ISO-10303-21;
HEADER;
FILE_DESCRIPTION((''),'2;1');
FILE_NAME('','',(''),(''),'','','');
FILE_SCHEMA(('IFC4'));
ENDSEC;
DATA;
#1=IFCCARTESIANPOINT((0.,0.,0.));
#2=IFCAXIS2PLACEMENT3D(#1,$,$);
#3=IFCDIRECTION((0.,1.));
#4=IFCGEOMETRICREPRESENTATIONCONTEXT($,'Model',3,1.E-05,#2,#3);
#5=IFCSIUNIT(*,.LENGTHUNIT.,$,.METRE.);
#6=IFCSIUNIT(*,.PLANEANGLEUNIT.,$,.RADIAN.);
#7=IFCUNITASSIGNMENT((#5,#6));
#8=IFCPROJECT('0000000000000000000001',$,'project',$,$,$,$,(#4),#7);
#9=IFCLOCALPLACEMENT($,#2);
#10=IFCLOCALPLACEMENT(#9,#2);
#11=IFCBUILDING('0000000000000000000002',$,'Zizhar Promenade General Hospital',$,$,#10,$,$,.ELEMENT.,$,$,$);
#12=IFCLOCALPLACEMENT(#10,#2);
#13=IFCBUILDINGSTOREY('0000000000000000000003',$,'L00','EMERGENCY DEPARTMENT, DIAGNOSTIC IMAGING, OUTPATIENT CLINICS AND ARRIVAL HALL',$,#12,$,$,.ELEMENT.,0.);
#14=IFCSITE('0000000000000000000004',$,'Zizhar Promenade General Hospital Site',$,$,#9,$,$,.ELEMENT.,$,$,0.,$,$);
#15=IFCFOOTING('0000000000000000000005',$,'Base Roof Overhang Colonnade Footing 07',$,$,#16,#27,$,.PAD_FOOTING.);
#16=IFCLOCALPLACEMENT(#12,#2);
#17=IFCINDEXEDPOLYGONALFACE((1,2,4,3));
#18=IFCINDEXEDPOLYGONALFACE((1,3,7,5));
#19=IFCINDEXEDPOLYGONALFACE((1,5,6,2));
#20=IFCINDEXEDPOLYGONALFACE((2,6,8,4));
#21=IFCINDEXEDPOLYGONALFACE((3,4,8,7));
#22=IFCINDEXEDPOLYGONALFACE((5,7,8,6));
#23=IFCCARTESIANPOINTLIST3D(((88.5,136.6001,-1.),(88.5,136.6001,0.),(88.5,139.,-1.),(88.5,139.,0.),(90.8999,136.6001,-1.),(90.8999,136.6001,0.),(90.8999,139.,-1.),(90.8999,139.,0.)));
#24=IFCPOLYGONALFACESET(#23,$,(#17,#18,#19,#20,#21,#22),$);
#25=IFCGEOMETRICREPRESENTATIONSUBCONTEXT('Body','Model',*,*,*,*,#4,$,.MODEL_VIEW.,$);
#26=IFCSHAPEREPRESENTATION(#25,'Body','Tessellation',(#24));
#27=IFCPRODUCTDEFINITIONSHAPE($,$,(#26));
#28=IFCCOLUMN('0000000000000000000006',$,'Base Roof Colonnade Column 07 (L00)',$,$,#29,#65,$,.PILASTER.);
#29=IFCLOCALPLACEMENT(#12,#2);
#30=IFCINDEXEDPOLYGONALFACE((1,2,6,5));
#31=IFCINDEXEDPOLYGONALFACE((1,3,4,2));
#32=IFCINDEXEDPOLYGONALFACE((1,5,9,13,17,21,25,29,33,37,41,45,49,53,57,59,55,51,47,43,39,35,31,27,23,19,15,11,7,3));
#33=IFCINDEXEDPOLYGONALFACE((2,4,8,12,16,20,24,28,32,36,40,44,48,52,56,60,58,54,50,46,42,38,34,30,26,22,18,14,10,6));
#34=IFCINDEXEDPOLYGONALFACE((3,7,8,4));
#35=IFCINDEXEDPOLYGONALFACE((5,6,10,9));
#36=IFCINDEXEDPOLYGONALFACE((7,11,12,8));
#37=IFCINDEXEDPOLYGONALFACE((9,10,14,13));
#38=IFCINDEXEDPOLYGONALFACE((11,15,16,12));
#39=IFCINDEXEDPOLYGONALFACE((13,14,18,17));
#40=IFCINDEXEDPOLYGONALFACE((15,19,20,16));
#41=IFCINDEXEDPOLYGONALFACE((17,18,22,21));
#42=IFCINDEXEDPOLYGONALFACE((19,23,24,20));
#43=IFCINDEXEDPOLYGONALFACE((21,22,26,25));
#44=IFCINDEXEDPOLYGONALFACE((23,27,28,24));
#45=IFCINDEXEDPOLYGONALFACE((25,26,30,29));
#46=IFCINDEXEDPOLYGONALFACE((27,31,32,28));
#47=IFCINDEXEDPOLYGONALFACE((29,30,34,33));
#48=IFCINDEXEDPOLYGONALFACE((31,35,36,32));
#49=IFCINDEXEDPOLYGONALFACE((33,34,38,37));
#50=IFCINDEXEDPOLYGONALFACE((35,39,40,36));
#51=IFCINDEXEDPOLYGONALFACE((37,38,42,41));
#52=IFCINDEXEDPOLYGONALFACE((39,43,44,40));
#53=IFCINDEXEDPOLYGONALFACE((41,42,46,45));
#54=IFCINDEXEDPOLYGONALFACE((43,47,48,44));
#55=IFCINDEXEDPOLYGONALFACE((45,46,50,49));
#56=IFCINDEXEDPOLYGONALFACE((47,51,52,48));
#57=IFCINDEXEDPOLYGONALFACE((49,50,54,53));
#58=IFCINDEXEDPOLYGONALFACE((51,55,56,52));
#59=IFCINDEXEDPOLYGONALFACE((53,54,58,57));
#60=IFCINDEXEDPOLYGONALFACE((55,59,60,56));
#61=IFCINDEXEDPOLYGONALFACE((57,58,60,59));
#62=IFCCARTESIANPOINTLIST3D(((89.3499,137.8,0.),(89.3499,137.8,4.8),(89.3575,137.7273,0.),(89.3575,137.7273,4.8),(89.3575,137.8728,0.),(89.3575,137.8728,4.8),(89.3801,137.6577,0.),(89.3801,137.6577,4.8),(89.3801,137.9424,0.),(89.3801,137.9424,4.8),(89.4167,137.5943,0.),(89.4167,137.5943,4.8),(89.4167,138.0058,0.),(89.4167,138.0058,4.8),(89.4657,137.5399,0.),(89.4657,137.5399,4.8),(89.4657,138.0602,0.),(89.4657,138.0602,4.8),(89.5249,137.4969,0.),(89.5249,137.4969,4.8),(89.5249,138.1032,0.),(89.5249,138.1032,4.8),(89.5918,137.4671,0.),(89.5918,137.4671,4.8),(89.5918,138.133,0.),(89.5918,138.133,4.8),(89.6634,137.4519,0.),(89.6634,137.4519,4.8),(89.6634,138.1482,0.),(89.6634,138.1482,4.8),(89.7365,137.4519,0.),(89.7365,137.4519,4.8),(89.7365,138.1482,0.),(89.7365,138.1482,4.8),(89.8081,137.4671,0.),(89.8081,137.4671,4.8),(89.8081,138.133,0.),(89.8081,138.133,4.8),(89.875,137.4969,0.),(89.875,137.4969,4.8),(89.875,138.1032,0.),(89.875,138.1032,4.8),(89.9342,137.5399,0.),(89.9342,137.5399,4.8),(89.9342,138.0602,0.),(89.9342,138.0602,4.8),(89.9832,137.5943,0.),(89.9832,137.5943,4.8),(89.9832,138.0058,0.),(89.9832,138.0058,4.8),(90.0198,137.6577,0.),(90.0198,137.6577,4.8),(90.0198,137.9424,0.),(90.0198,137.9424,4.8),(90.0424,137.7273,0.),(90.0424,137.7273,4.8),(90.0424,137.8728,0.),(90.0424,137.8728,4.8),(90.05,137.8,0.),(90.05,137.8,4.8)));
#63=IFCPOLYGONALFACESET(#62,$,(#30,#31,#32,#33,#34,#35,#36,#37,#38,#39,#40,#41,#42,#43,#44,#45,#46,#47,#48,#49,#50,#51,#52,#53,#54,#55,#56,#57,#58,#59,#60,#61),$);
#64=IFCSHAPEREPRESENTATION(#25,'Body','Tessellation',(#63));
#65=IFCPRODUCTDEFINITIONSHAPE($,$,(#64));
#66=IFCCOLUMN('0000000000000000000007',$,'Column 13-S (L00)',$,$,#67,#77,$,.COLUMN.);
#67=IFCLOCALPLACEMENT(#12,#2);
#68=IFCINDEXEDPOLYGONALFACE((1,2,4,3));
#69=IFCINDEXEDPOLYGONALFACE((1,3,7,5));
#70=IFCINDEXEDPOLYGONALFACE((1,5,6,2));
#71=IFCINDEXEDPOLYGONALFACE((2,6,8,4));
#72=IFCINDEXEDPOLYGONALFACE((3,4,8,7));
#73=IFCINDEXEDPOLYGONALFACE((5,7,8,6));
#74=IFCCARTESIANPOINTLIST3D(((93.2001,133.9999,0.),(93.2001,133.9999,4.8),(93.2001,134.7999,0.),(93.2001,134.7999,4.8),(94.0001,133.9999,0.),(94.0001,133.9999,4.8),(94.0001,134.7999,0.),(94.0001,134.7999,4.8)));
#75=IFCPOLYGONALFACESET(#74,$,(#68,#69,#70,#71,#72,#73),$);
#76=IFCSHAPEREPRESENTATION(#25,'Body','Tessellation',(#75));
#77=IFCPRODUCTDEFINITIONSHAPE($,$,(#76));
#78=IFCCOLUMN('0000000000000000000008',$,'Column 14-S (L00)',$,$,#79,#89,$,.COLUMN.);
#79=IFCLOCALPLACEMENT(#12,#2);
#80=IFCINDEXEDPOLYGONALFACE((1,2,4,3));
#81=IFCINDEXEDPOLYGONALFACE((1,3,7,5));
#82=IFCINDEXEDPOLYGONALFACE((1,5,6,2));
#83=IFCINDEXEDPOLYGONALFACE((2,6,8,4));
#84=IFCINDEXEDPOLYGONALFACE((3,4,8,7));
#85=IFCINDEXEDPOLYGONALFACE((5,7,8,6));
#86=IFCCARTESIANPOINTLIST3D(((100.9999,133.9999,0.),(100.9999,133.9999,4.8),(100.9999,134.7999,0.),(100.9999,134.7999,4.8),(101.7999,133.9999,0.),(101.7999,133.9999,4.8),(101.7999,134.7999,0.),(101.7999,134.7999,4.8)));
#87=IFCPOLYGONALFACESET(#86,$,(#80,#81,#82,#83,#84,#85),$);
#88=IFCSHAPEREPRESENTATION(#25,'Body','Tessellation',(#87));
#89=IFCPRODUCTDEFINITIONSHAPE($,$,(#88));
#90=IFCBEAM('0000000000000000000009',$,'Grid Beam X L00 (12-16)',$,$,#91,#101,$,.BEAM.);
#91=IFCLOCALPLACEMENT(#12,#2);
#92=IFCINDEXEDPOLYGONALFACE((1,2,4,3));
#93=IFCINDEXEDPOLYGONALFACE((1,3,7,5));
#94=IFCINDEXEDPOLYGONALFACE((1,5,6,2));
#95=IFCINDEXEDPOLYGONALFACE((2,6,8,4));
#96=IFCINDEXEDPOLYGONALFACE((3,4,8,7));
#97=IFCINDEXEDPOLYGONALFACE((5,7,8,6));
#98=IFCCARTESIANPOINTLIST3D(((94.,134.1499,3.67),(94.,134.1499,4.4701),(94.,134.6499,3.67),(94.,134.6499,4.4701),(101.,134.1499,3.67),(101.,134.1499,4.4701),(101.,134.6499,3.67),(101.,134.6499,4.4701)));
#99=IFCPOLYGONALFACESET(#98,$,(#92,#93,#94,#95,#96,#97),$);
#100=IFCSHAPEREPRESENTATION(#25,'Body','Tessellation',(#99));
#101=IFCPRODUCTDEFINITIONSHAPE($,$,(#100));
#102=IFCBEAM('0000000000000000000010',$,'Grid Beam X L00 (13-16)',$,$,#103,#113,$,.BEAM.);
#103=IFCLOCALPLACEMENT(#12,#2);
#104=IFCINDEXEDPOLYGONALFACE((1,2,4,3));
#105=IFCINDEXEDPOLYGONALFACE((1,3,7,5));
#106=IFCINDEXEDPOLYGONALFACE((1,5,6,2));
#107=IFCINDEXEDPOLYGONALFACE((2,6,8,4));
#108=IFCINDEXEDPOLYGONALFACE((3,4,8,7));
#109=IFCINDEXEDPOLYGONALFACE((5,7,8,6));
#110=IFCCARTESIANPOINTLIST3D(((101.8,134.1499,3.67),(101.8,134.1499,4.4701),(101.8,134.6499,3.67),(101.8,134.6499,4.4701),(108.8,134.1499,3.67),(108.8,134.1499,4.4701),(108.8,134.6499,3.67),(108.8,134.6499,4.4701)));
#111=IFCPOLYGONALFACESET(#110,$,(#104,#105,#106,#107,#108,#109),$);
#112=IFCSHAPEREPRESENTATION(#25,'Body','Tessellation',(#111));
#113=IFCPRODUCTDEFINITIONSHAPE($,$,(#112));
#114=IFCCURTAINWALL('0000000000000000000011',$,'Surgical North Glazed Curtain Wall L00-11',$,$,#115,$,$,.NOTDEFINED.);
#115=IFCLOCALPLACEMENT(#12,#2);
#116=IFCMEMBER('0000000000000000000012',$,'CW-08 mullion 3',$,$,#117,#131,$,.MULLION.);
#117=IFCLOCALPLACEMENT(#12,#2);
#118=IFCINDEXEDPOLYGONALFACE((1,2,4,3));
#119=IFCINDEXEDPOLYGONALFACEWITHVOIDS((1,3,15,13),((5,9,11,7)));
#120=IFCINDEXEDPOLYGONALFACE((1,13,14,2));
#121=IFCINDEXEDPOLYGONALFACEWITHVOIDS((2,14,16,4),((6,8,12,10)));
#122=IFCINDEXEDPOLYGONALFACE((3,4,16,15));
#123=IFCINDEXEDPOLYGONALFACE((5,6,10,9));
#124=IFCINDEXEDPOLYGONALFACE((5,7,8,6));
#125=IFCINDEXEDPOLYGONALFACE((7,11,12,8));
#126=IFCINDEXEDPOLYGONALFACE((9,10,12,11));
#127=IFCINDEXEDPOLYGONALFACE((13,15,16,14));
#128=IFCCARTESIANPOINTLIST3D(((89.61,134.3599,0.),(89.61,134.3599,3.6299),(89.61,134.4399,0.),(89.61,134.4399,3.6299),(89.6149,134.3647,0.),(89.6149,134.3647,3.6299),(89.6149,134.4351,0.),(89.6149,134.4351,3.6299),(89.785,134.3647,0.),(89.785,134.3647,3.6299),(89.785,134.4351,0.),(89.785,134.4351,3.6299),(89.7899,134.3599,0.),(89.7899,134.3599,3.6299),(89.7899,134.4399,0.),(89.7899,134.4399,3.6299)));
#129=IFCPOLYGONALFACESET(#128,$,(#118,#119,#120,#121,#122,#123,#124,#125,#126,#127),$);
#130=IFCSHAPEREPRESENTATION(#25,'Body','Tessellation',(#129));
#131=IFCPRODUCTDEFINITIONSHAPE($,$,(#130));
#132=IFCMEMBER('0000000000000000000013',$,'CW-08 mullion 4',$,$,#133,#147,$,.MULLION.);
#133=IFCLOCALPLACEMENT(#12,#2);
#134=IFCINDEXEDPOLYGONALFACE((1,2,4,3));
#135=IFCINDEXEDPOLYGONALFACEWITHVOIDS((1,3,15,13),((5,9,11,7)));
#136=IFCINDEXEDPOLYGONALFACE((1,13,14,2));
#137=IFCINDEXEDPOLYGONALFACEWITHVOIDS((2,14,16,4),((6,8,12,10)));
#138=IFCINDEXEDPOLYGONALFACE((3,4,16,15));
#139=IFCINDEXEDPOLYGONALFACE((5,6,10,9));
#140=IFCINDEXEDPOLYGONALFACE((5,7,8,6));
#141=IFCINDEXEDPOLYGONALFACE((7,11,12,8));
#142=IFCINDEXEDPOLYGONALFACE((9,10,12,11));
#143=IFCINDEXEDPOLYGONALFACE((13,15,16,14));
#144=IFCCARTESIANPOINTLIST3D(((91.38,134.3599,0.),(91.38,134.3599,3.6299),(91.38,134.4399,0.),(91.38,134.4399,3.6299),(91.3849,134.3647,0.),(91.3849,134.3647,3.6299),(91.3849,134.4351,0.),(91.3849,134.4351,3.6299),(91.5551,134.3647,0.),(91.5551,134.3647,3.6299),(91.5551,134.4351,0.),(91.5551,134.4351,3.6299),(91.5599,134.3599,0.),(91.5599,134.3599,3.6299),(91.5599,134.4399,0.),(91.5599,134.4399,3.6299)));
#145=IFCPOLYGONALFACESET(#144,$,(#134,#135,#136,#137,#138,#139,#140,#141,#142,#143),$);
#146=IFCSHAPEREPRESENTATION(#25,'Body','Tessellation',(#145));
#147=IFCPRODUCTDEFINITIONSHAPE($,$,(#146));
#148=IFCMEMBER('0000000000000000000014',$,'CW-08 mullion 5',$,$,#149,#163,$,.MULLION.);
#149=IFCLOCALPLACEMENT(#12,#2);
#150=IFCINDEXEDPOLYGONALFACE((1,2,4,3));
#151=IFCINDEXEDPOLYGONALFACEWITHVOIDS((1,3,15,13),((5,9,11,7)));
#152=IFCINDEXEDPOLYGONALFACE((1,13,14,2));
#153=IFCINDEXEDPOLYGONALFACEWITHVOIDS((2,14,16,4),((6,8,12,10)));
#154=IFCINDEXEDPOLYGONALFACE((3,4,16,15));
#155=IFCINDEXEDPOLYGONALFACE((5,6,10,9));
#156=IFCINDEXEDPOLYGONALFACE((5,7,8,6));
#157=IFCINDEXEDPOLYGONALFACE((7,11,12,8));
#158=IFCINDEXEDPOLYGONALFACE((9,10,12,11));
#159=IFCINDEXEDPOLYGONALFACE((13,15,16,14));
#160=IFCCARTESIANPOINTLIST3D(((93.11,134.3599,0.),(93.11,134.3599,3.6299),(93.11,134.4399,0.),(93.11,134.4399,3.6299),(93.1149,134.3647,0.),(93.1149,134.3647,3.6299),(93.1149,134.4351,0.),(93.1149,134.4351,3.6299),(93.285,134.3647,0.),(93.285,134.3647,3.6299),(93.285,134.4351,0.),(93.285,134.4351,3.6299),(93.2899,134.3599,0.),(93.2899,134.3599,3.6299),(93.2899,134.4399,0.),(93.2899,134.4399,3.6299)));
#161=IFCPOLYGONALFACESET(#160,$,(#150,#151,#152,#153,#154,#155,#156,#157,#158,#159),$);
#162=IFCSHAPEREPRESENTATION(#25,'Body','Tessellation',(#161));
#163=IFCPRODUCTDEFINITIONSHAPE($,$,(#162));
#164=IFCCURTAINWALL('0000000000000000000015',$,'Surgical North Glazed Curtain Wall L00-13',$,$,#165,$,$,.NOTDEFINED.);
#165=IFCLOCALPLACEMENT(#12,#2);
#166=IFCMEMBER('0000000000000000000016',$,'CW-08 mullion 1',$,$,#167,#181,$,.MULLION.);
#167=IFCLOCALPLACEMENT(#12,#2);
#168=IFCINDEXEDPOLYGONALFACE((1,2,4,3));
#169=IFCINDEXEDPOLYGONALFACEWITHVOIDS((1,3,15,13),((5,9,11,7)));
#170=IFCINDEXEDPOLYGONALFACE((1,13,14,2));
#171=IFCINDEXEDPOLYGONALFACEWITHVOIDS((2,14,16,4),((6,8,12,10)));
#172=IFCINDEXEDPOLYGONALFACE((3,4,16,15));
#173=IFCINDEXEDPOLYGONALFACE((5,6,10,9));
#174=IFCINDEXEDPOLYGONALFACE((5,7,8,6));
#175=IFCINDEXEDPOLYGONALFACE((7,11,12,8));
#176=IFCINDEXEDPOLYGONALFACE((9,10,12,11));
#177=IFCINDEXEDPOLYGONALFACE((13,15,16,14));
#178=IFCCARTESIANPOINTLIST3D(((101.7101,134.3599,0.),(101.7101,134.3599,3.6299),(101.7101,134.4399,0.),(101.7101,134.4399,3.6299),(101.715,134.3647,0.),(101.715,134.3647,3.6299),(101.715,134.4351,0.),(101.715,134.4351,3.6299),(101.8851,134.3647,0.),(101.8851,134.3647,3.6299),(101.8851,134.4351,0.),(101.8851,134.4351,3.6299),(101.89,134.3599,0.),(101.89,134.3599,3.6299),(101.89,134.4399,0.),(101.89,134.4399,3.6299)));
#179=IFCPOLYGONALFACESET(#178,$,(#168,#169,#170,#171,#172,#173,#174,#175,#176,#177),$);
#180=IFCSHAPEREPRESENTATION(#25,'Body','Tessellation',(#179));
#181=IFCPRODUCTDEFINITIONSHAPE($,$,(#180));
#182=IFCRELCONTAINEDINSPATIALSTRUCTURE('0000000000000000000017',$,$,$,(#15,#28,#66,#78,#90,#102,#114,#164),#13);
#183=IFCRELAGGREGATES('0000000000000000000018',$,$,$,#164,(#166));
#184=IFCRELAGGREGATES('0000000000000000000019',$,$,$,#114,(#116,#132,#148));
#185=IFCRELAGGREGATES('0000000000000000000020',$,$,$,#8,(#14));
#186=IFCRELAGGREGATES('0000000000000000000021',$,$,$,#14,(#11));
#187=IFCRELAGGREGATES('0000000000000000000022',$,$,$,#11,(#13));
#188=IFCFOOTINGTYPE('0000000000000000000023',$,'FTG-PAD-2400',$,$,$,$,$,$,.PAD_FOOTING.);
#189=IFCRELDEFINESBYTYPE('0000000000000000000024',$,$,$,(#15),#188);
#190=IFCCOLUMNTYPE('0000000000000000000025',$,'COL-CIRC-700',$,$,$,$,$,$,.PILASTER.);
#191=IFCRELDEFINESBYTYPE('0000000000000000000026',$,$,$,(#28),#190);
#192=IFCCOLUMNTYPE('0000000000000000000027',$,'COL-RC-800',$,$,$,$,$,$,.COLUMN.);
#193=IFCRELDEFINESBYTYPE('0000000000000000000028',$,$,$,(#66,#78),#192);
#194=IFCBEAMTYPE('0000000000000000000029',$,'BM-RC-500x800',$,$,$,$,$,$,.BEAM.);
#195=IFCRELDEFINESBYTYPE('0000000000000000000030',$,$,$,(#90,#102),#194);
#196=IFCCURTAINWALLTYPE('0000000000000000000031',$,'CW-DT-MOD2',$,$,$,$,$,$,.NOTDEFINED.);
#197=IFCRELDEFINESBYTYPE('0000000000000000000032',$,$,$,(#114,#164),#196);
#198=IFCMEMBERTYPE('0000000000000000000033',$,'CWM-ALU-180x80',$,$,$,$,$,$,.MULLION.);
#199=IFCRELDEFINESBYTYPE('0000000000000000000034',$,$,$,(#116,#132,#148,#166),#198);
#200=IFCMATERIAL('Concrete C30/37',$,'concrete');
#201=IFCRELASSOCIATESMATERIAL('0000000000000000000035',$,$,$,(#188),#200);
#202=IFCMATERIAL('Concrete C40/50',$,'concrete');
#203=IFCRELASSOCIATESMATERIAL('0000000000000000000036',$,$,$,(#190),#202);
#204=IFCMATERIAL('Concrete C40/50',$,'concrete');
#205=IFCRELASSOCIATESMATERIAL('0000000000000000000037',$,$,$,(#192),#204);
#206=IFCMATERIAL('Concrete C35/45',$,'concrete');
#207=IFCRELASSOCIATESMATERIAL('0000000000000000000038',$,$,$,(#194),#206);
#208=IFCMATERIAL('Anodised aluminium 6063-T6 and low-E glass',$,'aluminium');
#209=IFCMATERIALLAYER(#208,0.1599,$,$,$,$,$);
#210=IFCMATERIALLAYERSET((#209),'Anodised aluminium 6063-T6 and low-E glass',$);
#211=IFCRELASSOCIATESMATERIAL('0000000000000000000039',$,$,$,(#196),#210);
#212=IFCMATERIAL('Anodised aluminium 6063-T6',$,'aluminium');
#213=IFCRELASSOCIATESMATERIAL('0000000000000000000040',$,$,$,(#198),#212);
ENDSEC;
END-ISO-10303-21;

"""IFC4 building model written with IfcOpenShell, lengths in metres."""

from ifc_helpers import new_model, si_unit, direction, frame, origin, origin_2d, place, context, subcontext, project, spatial, rectangle, hollow_rectangle, circle, extrude, material, layer, layer_set, material_profile, profile_set, type_object, element, aggregate, save


model = new_model("IFC4")

# Units and contexts
model_context = context("Model", 3, precision=1e-05, world=origin(), true_north=direction((0.0, 1.0)))
body_context = subcontext(model_context, "Body", "Model", "MODEL_VIEW")
ifc_project = project(units=[si_unit("LENGTHUNIT", "METRE"), si_unit("PLANEANGLEUNIT", "RADIAN")], contexts=[model_context])

# Site, building, storey
site_placement = place(None, origin())
site = spatial("IfcSite", under=ifc_project, at=site_placement, Name="Zizhar Promenade General Hospital Site", CompositionType="ELEMENT", RefElevation=0.0)
building_placement = place(site_placement, origin())
building = spatial("IfcBuilding", under=site, at=building_placement, Name="Zizhar Promenade General Hospital", CompositionType="ELEMENT")
storey_placement = place(building_placement, origin())
storey = spatial("IfcBuildingStorey", under=building, at=storey_placement, Name="L00", Description="EMERGENCY DEPARTMENT, DIAGNOSTIC IMAGING, OUTPATIENT CLINICS AND ARRIVAL HALL", CompositionType="ELEMENT", Elevation=0.0)

# Footing
ifc_material_1 = material(Name="Concrete C30/37", Category="concrete")
footing_type = type_object("IfcFootingType", Name="FTG-PAD-2400", PredefinedType="PAD_FOOTING", material=ifc_material_1)
footing_placement = place(storey_placement, frame((89.7, 137.8, -1.0), z_axis=(0.0, 0.0, 1.0), x_axis=(1.0, 0.0, 0.0)))
element("IfcFooting", 1, at=footing_placement, inside=storey, type_object=footing_type, Name="Base Roof Overhang Colonnade Footing 07", PredefinedType="PAD_FOOTING", context=body_context, shape_type="SweptSolid", body=[
    extrude(rectangle(XDim=2.3999, YDim=2.3999, at=origin_2d()), origin(), (0.0, 0.0, 1.0), 1.0),
])

# Columns
ifc_material_2 = material(Name="Concrete C40/50", Category="concrete")
ifc_material_profile_1 = material_profile(ifc_material_2, circle(Radius=0.3501, at=origin_2d()))
ifc_profile_set_1 = profile_set([ifc_material_profile_1], Name="Concrete C40/50")
column_type_1 = type_object("IfcColumnType", Name="COL-CIRC-700", PredefinedType="PILASTER", material=ifc_profile_set_1)
column_placement = place(storey_placement, frame((89.7, 137.8, 0.0), z_axis=(0.0, 0.0, 1.0), x_axis=(1.0, 0.0, 0.0)))
element("IfcColumn", 2, at=column_placement, inside=storey, type_object=column_type_1, Name="Base Roof Colonnade Column 07 (L00)", PredefinedType="PILASTER", context=body_context, shape_type="SweptSolid", body=[
    extrude(circle(Radius=0.3501, at=origin_2d()), origin(), (0.0, 0.0, 1.0), 4.8),
])
ifc_material_3 = material(Name="Concrete C40/50", Category="concrete")
ifc_material_profile_2 = material_profile(ifc_material_3, rectangle(XDim=0.8, YDim=0.8, at=origin_2d()))
ifc_profile_set_2 = profile_set([ifc_material_profile_2], Name="Concrete C40/50")
column_type_2 = type_object("IfcColumnType", Name="COL-RC-800", PredefinedType="COLUMN", material=ifc_profile_set_2)
for number, where, z_axis, x_axis, name in (
    (3, (93.6001, 134.3999, 0.0), (0.0, 0.0, 1.0), (1.0, 0.0, 0.0), "Column 13-S (L00)"),
    (4, (101.3999, 134.3999, 0.0), (0.0, 0.0, 1.0), (1.0, 0.0, 0.0), "Column 14-S (L00)"),
):
    element("IfcColumn", number, at=place(storey_placement, frame(where, z_axis=z_axis, x_axis=x_axis)), inside=storey, type_object=column_type_2, Name=name, PredefinedType="COLUMN", context=body_context, shape_type="SweptSolid", body=[
        extrude(rectangle(XDim=0.8, YDim=0.8, at=origin_2d()), origin(), (0.0, 0.0, 1.0), 4.8),
    ])

# Beams
ifc_material_4 = material(Name="Concrete C35/45", Category="concrete")
ifc_material_profile_3 = material_profile(ifc_material_4, rectangle(XDim=0.5, YDim=0.8, at=origin_2d()))
ifc_profile_set_3 = profile_set([ifc_material_profile_3], Name="Concrete C35/45")
beam_type = type_object("IfcBeamType", Name="BM-RC-500x800", PredefinedType="BEAM", material=ifc_profile_set_3)
for number, where, z_axis, x_axis, name in (
    (5, (94.0, 134.3999, 4.0701), (1.0, 0.0, 0.0), (0.0, 1.0, 0.0), "Grid Beam X L00 (12-16)"),
    (6, (101.8, 134.3999, 4.0701), (1.0, 0.0, 0.0), (0.0, 1.0, 0.0), "Grid Beam X L00 (13-16)"),
):
    element("IfcBeam", number, at=place(storey_placement, frame(where, z_axis=z_axis, x_axis=x_axis)), inside=storey, type_object=beam_type, Name=name, PredefinedType="BEAM", context=body_context, shape_type="SweptSolid", body=[
        extrude(rectangle(XDim=0.5, YDim=0.8, at=origin_2d()), origin(), (0.0, 0.0, 1.0), 7.0),
    ])

# Curtain wall, members
ifc_material_5 = material(Name="Anodised aluminium 6063-T6 and low-E glass", Category="aluminium")
ifc_layer_1 = layer(ifc_material_5, 0.1599)
ifc_layer_set_1 = layer_set([ifc_layer_1], Name="Anodised aluminium 6063-T6 and low-E glass")
curtain_wall_type = type_object("IfcCurtainWallType", Name="CW-DT-MOD2", PredefinedType="NOTDEFINED", material=ifc_layer_set_1)
curtain_wall_1_placement = place(storey_placement, origin())
curtain_wall_1 = element("IfcCurtainWall", 7, at=curtain_wall_1_placement, inside=storey, type_object=curtain_wall_type, Name="Surgical North Glazed Curtain Wall L00-11", PredefinedType="NOTDEFINED")
ifc_material_6 = material(Name="Anodised aluminium 6063-T6", Category="aluminium")
ifc_material_profile_4 = material_profile(ifc_material_6, hollow_rectangle(XDim=0.0801, YDim=0.1799, WallThickness=0.0049, at=origin_2d()))
ifc_profile_set_4 = profile_set([ifc_material_profile_4], Name="Anodised aluminium 6063-T6")
member_type_1 = type_object("IfcMemberType", Name="CWM-ALU-180x80", PredefinedType="MULLION", material=ifc_profile_set_4)
member_1_placement = place(storey_placement, frame((89.7, 134.3999, 0.0), z_axis=(0.0, 0.0, 1.0), x_axis=(0.0, 1.0, 0.0)))
member_1 = element("IfcMember", 8, at=member_1_placement, type_object=member_type_1, Name="CW-08 mullion 3", PredefinedType="MULLION", context=body_context, shape_type="SweptSolid", body=[
    extrude(hollow_rectangle(XDim=0.0801, YDim=0.1799, WallThickness=0.0049, at=origin_2d()), origin(), (0.0, 0.0, 1.0), 3.6299),
])
member_2_placement = place(storey_placement, frame((91.47, 134.3999, 0.0), z_axis=(0.0, 0.0, 1.0), x_axis=(0.0, 1.0, 0.0)))
member_2 = element("IfcMember", 9, at=member_2_placement, type_object=member_type_1, Name="CW-08 mullion 4", PredefinedType="MULLION", context=body_context, shape_type="SweptSolid", body=[
    extrude(hollow_rectangle(XDim=0.0801, YDim=0.1799, WallThickness=0.0049, at=origin_2d()), origin(), (0.0, 0.0, 1.0), 3.6299),
])
member_3_placement = place(storey_placement, frame((93.2, 134.3999, 0.0), z_axis=(0.0, 0.0, 1.0), x_axis=(0.0, 1.0, 0.0)))
member_3 = element("IfcMember", 10, at=member_3_placement, type_object=member_type_1, Name="CW-08 mullion 5", PredefinedType="MULLION", context=body_context, shape_type="SweptSolid", body=[
    extrude(hollow_rectangle(XDim=0.0801, YDim=0.1799, WallThickness=0.0049, at=origin_2d()), origin(), (0.0, 0.0, 1.0), 3.6299),
])

# Curtain wall, member
curtain_wall_2_placement = place(storey_placement, origin())
curtain_wall_2 = element("IfcCurtainWall", 11, at=curtain_wall_2_placement, inside=storey, type_object=curtain_wall_type, Name="Surgical North Glazed Curtain Wall L00-13", PredefinedType="NOTDEFINED")
member_4_placement = place(storey_placement, frame((101.8, 134.3999, 0.0), z_axis=(0.0, 0.0, 1.0), x_axis=(0.0, 1.0, 0.0)))
member_4 = element("IfcMember", 12, at=member_4_placement, type_object=member_type_1, Name="CW-08 mullion 1", PredefinedType="MULLION", context=body_context, shape_type="SweptSolid", body=[
    extrude(hollow_rectangle(XDim=0.0801, YDim=0.1799, WallThickness=0.0049, at=origin_2d()), origin(), (0.0, 0.0, 1.0), 3.6299),
])

aggregate(curtain_wall_2, [member_4])

aggregate(curtain_wall_1, [member_1, member_2, member_3])

save(model, "model.ifc")
